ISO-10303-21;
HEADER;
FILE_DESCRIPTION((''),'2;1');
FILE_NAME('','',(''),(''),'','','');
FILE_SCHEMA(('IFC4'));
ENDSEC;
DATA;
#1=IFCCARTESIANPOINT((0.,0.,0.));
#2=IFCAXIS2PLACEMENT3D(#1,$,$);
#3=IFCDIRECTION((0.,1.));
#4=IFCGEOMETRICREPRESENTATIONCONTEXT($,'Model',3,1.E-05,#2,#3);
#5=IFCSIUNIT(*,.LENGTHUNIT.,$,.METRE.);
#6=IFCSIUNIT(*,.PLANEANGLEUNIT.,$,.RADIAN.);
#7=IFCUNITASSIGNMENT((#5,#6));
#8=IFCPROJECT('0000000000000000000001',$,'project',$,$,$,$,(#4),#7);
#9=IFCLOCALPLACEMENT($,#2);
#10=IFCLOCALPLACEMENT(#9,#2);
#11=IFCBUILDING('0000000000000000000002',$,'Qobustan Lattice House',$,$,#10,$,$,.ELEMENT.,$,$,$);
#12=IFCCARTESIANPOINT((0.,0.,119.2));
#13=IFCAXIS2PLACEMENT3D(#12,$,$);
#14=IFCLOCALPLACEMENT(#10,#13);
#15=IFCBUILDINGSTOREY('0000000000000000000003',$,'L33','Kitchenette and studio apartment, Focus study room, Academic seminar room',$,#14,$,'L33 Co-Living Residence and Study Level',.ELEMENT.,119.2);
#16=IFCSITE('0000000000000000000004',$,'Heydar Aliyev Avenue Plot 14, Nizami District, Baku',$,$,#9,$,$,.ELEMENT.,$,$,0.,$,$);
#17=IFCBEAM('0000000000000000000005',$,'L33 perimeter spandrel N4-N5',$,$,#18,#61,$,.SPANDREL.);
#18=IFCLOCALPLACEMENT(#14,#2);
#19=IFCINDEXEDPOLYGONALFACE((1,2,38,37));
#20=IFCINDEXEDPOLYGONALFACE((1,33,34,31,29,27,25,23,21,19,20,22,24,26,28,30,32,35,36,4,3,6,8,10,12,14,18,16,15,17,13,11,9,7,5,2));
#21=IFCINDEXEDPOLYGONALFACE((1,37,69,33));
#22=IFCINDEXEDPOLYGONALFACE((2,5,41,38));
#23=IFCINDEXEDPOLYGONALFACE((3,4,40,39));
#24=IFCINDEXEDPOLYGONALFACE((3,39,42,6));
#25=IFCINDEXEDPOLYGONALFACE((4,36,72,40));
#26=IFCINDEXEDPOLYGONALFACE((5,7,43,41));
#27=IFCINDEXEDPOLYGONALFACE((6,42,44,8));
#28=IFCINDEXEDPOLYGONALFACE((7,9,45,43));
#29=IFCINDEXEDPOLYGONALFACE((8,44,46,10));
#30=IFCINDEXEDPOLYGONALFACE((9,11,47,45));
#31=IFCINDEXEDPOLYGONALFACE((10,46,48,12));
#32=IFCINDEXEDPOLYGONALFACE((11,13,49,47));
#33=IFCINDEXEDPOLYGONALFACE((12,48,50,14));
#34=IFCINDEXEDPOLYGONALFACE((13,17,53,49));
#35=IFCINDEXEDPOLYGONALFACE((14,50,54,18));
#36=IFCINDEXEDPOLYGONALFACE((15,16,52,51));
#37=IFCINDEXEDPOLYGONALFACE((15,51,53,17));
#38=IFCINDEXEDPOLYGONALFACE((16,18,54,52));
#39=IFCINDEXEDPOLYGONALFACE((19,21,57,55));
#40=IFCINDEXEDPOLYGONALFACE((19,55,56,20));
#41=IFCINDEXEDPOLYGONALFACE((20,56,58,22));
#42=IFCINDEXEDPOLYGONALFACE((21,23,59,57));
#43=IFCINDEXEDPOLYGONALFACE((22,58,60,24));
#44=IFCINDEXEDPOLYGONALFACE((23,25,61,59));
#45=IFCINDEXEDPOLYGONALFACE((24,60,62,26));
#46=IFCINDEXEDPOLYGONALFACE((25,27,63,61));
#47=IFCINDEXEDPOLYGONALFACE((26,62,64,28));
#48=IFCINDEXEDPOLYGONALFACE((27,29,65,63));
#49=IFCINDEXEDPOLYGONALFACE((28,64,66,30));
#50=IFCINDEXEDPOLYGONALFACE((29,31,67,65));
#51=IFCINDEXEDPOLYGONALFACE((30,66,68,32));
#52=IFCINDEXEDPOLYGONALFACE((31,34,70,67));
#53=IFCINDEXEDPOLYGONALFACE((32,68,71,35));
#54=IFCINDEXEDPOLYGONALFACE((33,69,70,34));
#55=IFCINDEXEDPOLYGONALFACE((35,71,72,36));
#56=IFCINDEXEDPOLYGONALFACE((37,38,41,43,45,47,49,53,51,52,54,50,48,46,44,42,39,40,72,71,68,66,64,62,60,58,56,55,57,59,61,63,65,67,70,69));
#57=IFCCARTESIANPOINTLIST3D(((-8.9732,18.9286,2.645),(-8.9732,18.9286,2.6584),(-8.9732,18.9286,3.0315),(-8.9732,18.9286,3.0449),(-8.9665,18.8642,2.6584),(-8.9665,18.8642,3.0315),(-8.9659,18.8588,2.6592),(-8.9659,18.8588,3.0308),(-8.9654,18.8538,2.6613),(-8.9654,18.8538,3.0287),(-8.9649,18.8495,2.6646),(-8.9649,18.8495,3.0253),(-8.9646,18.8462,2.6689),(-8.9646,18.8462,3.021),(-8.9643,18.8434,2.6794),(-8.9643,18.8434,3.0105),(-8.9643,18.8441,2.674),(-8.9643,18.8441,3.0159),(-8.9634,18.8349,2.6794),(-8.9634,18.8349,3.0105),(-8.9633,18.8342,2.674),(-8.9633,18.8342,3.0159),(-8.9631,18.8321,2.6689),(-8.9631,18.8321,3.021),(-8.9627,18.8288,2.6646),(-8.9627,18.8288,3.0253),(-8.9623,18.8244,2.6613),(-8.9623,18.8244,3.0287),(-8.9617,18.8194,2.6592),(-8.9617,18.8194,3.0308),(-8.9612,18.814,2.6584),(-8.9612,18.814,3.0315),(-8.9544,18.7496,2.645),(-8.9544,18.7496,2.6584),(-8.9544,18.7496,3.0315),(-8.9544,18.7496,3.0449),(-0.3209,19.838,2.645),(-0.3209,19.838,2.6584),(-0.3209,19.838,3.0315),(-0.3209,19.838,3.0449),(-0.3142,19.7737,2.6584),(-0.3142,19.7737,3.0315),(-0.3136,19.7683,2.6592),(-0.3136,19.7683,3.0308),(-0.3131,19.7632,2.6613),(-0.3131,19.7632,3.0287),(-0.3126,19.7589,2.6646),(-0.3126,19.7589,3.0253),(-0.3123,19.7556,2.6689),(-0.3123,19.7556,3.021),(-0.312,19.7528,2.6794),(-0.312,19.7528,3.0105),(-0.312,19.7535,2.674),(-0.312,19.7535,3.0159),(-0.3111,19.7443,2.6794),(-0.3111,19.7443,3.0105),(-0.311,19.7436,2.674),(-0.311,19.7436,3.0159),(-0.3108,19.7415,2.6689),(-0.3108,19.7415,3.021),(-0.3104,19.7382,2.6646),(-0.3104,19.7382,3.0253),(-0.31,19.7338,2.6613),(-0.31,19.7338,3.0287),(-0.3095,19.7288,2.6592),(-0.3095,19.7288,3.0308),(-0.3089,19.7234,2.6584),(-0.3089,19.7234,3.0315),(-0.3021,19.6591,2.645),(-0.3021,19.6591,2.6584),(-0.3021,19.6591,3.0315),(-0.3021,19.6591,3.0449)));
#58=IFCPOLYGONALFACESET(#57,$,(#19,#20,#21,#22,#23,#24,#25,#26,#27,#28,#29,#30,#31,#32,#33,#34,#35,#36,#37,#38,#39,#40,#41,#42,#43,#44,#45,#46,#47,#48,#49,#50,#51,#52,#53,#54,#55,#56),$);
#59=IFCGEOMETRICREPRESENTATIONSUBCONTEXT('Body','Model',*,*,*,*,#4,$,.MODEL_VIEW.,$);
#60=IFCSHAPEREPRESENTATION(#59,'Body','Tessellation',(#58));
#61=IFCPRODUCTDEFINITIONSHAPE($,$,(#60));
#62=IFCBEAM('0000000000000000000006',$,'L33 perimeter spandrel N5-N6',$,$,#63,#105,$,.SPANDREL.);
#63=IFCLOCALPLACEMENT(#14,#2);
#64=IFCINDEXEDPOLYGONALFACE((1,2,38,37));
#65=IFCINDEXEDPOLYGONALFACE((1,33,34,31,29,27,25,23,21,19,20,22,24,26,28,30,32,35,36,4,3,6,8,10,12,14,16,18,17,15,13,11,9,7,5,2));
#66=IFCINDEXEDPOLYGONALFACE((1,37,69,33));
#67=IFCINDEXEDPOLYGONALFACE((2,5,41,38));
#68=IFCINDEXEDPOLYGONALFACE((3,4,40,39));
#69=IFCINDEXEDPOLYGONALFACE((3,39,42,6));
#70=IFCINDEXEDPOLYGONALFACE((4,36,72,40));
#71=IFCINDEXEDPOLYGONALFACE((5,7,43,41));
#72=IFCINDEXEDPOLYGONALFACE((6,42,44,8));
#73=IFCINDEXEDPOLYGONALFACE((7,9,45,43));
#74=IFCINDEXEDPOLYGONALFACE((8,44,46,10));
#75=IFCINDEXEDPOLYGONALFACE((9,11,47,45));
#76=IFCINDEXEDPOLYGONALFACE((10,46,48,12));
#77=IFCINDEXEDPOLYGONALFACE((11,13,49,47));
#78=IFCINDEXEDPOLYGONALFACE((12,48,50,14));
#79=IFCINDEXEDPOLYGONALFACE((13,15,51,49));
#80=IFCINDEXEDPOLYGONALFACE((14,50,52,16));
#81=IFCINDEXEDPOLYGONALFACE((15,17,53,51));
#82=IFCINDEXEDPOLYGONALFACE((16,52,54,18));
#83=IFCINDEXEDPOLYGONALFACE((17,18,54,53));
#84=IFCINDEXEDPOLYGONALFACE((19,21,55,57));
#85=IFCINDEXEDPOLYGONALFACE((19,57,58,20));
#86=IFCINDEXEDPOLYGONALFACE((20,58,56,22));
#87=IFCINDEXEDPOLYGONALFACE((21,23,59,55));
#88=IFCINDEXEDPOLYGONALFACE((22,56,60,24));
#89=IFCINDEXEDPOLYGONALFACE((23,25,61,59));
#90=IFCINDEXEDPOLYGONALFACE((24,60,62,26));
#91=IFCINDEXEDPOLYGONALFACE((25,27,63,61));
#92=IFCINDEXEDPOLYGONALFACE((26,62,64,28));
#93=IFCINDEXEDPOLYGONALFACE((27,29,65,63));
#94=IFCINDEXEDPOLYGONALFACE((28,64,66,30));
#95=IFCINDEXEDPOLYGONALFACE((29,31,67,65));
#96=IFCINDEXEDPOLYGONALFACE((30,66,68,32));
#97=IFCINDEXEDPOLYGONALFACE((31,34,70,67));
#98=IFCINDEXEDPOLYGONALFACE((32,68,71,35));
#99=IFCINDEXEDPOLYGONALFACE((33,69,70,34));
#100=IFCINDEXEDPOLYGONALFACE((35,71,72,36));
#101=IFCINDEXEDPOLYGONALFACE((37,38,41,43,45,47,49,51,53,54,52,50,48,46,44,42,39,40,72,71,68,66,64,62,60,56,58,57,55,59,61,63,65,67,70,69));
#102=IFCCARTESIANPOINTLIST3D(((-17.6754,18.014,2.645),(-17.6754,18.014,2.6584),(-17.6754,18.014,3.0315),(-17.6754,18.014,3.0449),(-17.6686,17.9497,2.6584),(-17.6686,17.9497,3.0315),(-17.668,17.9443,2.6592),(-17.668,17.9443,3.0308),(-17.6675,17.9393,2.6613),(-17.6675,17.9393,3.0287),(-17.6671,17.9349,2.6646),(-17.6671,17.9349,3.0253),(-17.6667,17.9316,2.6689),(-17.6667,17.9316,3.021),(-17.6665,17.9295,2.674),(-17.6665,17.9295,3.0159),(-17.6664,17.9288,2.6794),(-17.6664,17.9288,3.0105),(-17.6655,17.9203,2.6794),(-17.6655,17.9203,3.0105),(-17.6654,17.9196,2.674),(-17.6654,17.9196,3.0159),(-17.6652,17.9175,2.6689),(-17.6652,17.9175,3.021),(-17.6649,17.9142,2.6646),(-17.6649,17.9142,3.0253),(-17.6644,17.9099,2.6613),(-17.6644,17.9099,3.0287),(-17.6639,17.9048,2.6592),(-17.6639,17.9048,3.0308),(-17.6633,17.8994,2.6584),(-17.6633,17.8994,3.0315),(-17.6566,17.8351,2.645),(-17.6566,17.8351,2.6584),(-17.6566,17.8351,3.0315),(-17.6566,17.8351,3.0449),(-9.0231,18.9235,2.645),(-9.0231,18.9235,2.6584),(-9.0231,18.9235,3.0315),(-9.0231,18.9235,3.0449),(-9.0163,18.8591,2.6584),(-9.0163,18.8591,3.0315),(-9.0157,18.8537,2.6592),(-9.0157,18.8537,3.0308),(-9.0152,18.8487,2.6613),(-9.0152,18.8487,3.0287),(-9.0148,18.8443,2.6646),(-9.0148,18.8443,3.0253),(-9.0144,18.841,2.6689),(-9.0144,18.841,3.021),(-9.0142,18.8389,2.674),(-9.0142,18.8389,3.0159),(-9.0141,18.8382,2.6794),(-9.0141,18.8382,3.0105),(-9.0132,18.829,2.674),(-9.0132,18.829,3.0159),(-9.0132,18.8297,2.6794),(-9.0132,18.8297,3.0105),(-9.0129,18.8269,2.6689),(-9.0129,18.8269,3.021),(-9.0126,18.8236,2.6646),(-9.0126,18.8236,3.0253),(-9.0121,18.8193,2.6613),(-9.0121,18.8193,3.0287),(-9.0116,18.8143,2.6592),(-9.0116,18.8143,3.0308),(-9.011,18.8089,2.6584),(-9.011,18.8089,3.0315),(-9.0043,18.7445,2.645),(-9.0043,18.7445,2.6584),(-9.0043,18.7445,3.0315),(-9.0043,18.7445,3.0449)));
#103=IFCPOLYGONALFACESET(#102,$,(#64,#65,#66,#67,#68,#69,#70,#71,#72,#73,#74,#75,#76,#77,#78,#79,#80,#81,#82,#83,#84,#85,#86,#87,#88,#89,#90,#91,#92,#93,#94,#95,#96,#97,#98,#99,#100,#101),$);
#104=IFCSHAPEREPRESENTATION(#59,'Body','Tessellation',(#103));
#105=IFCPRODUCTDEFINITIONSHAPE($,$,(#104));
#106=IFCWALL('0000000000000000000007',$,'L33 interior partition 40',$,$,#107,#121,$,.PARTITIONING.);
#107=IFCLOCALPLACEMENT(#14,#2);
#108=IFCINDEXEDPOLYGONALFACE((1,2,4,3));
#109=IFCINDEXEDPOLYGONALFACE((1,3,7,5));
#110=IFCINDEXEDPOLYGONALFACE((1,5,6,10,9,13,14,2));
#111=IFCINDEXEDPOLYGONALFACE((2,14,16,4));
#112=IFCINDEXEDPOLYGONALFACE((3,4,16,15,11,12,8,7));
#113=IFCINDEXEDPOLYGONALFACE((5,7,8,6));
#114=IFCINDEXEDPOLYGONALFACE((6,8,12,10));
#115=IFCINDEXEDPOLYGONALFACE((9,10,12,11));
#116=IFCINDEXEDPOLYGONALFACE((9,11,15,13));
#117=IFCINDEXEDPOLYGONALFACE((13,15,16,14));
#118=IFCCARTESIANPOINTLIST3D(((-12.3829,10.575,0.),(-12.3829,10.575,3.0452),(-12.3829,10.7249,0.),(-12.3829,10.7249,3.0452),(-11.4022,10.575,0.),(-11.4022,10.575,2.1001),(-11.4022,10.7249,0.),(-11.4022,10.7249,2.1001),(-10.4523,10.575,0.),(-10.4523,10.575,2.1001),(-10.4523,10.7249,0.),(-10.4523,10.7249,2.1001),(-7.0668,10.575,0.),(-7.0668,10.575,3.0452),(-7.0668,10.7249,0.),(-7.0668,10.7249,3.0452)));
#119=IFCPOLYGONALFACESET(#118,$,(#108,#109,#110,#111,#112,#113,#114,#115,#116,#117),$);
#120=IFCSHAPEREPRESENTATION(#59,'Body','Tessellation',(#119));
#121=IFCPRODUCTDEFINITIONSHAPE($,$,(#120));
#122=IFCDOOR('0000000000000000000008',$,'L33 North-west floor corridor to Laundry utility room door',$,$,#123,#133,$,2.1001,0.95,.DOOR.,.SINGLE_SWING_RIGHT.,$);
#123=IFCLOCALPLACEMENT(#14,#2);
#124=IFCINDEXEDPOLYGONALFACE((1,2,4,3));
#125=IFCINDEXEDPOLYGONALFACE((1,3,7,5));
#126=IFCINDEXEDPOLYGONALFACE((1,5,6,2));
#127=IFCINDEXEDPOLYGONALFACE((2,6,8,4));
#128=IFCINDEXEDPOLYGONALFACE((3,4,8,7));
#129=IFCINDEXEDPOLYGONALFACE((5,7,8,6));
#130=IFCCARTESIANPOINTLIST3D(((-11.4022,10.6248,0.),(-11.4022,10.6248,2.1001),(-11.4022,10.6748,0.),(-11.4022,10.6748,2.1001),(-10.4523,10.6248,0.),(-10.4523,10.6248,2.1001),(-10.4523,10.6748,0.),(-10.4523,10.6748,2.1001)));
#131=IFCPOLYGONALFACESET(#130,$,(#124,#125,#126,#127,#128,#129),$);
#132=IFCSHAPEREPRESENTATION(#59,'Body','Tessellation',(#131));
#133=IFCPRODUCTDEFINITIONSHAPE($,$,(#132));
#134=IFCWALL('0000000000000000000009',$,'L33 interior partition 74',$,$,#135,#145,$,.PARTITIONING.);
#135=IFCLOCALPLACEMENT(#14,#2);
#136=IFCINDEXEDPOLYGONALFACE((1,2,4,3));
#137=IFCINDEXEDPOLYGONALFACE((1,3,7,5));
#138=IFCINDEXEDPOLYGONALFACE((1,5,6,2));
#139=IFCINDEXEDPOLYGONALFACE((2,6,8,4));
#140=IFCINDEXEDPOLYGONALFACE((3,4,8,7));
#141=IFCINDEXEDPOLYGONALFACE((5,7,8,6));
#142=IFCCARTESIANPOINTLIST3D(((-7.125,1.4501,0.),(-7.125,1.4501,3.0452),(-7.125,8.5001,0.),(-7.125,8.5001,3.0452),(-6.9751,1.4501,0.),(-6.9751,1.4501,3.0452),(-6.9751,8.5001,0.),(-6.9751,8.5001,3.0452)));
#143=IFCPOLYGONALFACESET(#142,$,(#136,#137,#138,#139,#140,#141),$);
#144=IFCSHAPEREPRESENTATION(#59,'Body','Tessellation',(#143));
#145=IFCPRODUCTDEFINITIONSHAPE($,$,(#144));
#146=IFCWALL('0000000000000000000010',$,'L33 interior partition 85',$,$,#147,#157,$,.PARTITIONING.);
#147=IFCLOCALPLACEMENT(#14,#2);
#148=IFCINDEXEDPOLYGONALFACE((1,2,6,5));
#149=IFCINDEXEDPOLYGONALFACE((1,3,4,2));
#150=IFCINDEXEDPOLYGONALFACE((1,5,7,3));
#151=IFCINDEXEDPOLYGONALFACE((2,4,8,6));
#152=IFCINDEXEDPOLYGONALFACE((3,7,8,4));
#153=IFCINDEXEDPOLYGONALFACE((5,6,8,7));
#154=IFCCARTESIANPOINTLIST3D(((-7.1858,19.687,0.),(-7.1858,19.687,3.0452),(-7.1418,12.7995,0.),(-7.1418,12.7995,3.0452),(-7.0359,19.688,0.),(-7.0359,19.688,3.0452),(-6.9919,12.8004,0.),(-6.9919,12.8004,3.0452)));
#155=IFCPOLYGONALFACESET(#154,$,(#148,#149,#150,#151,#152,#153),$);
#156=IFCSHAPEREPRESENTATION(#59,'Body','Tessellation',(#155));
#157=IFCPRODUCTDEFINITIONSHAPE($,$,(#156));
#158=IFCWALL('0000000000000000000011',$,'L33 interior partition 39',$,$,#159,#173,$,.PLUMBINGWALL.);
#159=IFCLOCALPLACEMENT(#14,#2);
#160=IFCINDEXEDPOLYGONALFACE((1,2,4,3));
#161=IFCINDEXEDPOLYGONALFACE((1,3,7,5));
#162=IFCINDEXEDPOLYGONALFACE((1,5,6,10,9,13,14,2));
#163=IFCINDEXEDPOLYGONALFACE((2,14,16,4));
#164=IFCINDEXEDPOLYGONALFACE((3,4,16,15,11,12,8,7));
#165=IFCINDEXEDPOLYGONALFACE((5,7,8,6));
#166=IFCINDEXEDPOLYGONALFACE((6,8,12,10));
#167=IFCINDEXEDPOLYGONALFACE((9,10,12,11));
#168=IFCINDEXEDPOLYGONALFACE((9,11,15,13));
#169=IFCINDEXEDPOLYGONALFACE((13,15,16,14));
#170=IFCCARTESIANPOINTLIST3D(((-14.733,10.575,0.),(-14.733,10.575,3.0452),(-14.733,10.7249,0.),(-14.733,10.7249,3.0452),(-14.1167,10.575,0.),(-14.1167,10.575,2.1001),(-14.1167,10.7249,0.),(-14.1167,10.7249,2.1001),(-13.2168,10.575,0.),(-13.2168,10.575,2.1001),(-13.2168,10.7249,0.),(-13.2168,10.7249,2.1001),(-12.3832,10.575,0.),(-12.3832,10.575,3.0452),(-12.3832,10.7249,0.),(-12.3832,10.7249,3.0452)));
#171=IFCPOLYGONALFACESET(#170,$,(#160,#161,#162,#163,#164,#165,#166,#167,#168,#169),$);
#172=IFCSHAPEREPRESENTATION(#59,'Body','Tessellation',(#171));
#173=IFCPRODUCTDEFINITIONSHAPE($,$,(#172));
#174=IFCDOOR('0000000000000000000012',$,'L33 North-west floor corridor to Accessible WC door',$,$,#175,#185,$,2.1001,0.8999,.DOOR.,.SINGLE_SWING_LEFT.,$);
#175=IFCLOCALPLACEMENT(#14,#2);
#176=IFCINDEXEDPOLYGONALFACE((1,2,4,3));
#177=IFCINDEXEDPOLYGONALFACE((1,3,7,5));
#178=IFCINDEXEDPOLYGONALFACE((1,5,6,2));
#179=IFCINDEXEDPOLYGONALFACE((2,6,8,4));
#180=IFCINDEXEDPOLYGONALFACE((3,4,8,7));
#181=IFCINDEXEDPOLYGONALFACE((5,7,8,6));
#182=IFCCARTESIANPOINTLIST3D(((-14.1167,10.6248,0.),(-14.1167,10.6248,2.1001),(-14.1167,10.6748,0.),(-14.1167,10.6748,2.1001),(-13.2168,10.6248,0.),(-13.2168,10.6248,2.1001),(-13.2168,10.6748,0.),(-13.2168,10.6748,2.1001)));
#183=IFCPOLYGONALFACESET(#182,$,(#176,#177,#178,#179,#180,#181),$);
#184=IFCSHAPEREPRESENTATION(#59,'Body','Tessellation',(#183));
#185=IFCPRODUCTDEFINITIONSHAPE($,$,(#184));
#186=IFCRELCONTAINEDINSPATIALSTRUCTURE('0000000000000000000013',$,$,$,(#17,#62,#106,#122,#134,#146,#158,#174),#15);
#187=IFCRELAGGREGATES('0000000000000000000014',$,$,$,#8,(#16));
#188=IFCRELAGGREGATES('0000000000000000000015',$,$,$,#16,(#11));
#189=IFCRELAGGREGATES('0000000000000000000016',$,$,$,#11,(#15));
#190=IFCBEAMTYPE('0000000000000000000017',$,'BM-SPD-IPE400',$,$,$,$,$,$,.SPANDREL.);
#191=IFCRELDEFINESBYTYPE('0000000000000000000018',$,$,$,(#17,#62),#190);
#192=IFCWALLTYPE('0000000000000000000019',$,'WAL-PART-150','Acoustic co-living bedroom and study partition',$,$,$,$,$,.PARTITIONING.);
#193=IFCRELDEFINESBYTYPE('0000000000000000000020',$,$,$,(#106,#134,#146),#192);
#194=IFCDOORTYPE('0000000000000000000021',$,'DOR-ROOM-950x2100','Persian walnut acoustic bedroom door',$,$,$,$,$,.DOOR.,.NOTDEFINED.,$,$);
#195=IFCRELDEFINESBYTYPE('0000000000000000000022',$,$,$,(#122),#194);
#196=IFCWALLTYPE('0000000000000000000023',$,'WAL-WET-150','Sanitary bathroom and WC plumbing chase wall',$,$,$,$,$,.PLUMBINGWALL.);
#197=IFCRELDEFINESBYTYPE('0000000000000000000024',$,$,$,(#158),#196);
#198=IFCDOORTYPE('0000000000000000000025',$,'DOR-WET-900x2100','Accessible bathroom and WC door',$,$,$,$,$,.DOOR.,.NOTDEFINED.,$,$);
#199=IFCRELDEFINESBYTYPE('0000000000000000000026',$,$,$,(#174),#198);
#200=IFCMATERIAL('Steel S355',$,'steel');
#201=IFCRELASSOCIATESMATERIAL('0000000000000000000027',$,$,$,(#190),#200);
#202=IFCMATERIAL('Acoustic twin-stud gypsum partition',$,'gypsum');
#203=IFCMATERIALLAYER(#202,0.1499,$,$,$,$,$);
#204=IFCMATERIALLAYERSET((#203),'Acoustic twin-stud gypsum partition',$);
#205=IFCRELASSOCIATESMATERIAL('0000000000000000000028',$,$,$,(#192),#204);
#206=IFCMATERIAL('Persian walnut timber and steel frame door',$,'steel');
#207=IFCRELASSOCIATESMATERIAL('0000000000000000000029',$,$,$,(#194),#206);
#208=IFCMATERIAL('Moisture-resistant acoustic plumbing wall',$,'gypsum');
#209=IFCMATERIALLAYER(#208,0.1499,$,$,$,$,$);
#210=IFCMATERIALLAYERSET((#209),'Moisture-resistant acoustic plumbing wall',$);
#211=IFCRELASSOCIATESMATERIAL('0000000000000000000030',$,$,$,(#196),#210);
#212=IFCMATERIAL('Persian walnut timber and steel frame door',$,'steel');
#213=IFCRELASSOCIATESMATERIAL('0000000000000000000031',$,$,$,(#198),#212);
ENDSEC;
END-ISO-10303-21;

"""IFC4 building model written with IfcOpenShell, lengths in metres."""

from ifc_helpers import new_model, si_unit, direction, frame, frame_2d, origin, origin_2d, place, context, subcontext, project, spatial, rectangle, i_section, extrude, material, layer, layer_set, material_profile, profile_set, type_object, element, fill, save


model = new_model("IFC4")

# Units and contexts
model_context = context("Model", 3, precision=1e-05, world=origin(), true_north=direction((0.0, 1.0)))
body_context = subcontext(model_context, "Body", "Model", "MODEL_VIEW")
ifc_project = project(units=[si_unit("LENGTHUNIT", "METRE"), si_unit("PLANEANGLEUNIT", "RADIAN")], contexts=[model_context])

# Site, building, storey
site_placement = place(None, origin())
site = spatial("IfcSite", under=ifc_project, at=site_placement, Name="Heydar Aliyev Avenue Plot 14, Nizami District, Baku", CompositionType="ELEMENT", RefElevation=0.0)
building_placement = place(site_placement, origin())
building = spatial("IfcBuilding", under=site, at=building_placement, Name="Qobustan Lattice House", CompositionType="ELEMENT")
storey_placement = place(building_placement, frame((0.0, 0.0, 119.2)))
storey = spatial("IfcBuildingStorey", under=building, at=storey_placement, Name="L33", Description="Kitchenette and studio apartment, Focus study room, Academic seminar room", LongName="L33 Co-Living Residence and Study Level", CompositionType="ELEMENT", Elevation=119.2)

# Beams
ifc_material_1 = material(Name="Steel S355", Category="steel")
ifc_material_profile_1 = material_profile(ifc_material_1, i_section(OverallWidth=0.1799, OverallDepth=0.3999, WebThickness=0.0085, FlangeThickness=0.0134, FilletRadius=0.021, at=origin_2d()), Name="IPE400")
ifc_profile_set_1 = profile_set([ifc_material_profile_1], Name="Steel S355")
beam_type_1 = type_object("IfcBeamType", Name="BM-SPD-IPE400", PredefinedType="SPANDREL", material=ifc_profile_set_1)
for number, where, z_axis, x_axis, name in (
    (1, (-0.3115, 19.7485, 2.845), (-0.994522, -0.104531, 0.0), (0.104531, -0.994522, 0.0), "L33 perimeter spandrel N4-N5"),
    (2, (-9.0137, 18.834, 2.845), (-0.994522, -0.104531, 0.0), (0.104531, -0.994522, 0.0), "L33 perimeter spandrel N5-N6"),
):
    element("IfcBeam", number, at=place(storey_placement, frame(where, z_axis=z_axis, x_axis=x_axis)), inside=storey, type_object=beam_type_1, Name=name, PredefinedType="SPANDREL", context=body_context, shape_type="SweptSolid", body=[
        extrude(i_section(OverallWidth=0.1799, OverallDepth=0.3999, WebThickness=0.0085, FlangeThickness=0.0134, FilletRadius=0.021, at=origin_2d()), origin(), (0.0, 0.0, 1.0), 8.7),
    ])

# Wall, opening, door
ifc_material_2 = material(Name="Acoustic twin-stud gypsum partition", Category="gypsum")
ifc_layer_1 = layer(ifc_material_2, 0.1499)
ifc_layer_set_1 = layer_set([ifc_layer_1], Name="Acoustic twin-stud gypsum partition")
wall_type_1 = type_object("IfcWallType", Name="WAL-PART-150", Description="Acoustic co-living bedroom and study partition", PredefinedType="PARTITIONING", material=ifc_layer_set_1)
wall_1_placement = place(storey_placement, frame((-12.3831, 10.6499, 0.0), z_axis=(0.0, 0.0, 1.0), x_axis=(1.0, 0.0, 0.0)))
wall_1 = element("IfcWall", 3, at=wall_1_placement, inside=storey, type_object=wall_type_1, Name="L33 interior partition 40", PredefinedType="PARTITIONING", context=body_context, shape_type="SweptSolid", body=[
    extrude(rectangle(XDim=5.3162, YDim=0.1499, at=frame_2d((2.6582, 0.0))), origin(), (0.0, 0.0, 1.0), 3.0452),
])
opening_1_placement = place(wall_1_placement, frame((0.9807, 0.0, 0.0)))
opening_1 = element("IfcOpeningElement", 4, at=opening_1_placement, cuts=wall_1, PredefinedType="OPENING", context=body_context, shape_type="SweptSolid", body=[
    extrude(rectangle(XDim=0.95, YDim=2.1001, at=frame_2d((0.4751, 1.05))), frame((0.0, 0.085, 0.0), z_axis=(0.0, -1.0, 0.0), x_axis=(1.0, 0.0, 0.0)), (0.0, 0.0, 1.0), 0.1699),
])
ifc_material_3 = material(Name="Persian walnut timber and steel frame door", Category="steel")
door_type_1 = type_object("IfcDoorType", Name="DOR-ROOM-950x2100", Description="Persian walnut acoustic bedroom door", OperationType="NOTDEFINED", PredefinedType="DOOR", material=ifc_material_3)
door_1_placement = place(opening_1_placement, origin())
door_1 = element("IfcDoor", 5, at=door_1_placement, inside=storey, type_object=door_type_1, Name="L33 North-west floor corridor to Laundry utility room door", OperationType="SINGLE_SWING_RIGHT", OverallHeight=2.1001, OverallWidth=0.95, PredefinedType="DOOR", context=body_context, shape_type="SweptSolid", body=[
    extrude(rectangle(XDim=0.95, YDim=2.1001, at=frame_2d((0.4751, 1.05))), frame((0.0, 0.0249, 0.0), z_axis=(0.0, -1.0, 0.0), x_axis=(1.0, 0.0, 0.0)), (0.0, 0.0, 1.0), 0.05),
])
fill(opening_1, door_1)

# Walls
wall_2_placement = place(storey_placement, frame((-7.05, 8.5, 0.0), z_axis=(0.0, 0.0, 1.0), x_axis=(0.0, -1.0, 0.0)))
element("IfcWall", 6, at=wall_2_placement, inside=storey, type_object=wall_type_1, Name="L33 interior partition 74", PredefinedType="PARTITIONING", context=body_context, shape_type="SweptSolid", body=[
    extrude(rectangle(XDim=7.05, YDim=0.1499, at=frame_2d((3.5249, 0.0))), origin(), (0.0, 0.0, 1.0), 3.0452),
])
wall_3_placement = place(storey_placement, frame((-7.1108, 19.6875, 0.0), z_axis=(0.0, 0.0, 1.0), x_axis=(0.00638, -0.99998, 0.0)))
element("IfcWall", 7, at=wall_3_placement, inside=storey, type_object=wall_type_1, Name="L33 interior partition 85", PredefinedType="PARTITIONING", context=body_context, shape_type="SweptSolid", body=[
    extrude(rectangle(XDim=6.8877, YDim=0.1499, at=frame_2d((3.4438, 0.0))), origin(), (0.0, 0.0, 1.0), 3.0452),
])

# Wall, opening, door
ifc_material_4 = material(Name="Moisture-resistant acoustic plumbing wall", Category="gypsum")
ifc_layer_2 = layer(ifc_material_4, 0.1499)
ifc_layer_set_2 = layer_set([ifc_layer_2], Name="Moisture-resistant acoustic plumbing wall")
wall_type_2 = type_object("IfcWallType", Name="WAL-WET-150", Description="Sanitary bathroom and WC plumbing chase wall", PredefinedType="PLUMBINGWALL", material=ifc_layer_set_2)
wall_4_placement = place(storey_placement, frame((-14.7329, 10.6499, 0.0), z_axis=(0.0, 0.0, 1.0), x_axis=(1.0, 0.0, 0.0)))
wall_4 = element("IfcWall", 8, at=wall_4_placement, inside=storey, type_object=wall_type_2, Name="L33 interior partition 39", PredefinedType="PLUMBINGWALL", context=body_context, shape_type="SweptSolid", body=[
    extrude(rectangle(XDim=2.3499, YDim=0.1499, at=frame_2d((1.1748, 0.0))), origin(), (0.0, 0.0, 1.0), 3.0452),
])
opening_2_placement = place(wall_4_placement, frame((0.6162, 0.0, 0.0)))
opening_2 = element("IfcOpeningElement", 9, at=opening_2_placement, cuts=wall_4, PredefinedType="OPENING", context=body_context, shape_type="SweptSolid", body=[
    extrude(rectangle(XDim=0.8999, YDim=2.1001, at=frame_2d((0.45, 1.05))), frame((0.0, 0.085, 0.0), z_axis=(0.0, -1.0, 0.0), x_axis=(1.0, 0.0, 0.0)), (0.0, 0.0, 1.0), 0.1699),
])
ifc_material_5 = material(Name="Persian walnut timber and steel frame door", Category="steel")
door_type_2 = type_object("IfcDoorType", Name="DOR-WET-900x2100", Description="Accessible bathroom and WC door", OperationType="NOTDEFINED", PredefinedType="DOOR", material=ifc_material_5)
door_2_placement = place(opening_2_placement, origin())
door_2 = element("IfcDoor", 10, at=door_2_placement, inside=storey, type_object=door_type_2, Name="L33 North-west floor corridor to Accessible WC door", OperationType="SINGLE_SWING_LEFT", OverallHeight=2.1001, OverallWidth=0.8999, PredefinedType="DOOR", context=body_context, shape_type="SweptSolid", body=[
    extrude(rectangle(XDim=0.8999, YDim=2.1001, at=frame_2d((0.45, 1.05))), frame((0.0, 0.0249, 0.0), z_axis=(0.0, -1.0, 0.0), x_axis=(1.0, 0.0, 0.0)), (0.0, 0.0, 1.0), 0.05),
])
fill(opening_2, door_2)

save(model, "model.ifc")
